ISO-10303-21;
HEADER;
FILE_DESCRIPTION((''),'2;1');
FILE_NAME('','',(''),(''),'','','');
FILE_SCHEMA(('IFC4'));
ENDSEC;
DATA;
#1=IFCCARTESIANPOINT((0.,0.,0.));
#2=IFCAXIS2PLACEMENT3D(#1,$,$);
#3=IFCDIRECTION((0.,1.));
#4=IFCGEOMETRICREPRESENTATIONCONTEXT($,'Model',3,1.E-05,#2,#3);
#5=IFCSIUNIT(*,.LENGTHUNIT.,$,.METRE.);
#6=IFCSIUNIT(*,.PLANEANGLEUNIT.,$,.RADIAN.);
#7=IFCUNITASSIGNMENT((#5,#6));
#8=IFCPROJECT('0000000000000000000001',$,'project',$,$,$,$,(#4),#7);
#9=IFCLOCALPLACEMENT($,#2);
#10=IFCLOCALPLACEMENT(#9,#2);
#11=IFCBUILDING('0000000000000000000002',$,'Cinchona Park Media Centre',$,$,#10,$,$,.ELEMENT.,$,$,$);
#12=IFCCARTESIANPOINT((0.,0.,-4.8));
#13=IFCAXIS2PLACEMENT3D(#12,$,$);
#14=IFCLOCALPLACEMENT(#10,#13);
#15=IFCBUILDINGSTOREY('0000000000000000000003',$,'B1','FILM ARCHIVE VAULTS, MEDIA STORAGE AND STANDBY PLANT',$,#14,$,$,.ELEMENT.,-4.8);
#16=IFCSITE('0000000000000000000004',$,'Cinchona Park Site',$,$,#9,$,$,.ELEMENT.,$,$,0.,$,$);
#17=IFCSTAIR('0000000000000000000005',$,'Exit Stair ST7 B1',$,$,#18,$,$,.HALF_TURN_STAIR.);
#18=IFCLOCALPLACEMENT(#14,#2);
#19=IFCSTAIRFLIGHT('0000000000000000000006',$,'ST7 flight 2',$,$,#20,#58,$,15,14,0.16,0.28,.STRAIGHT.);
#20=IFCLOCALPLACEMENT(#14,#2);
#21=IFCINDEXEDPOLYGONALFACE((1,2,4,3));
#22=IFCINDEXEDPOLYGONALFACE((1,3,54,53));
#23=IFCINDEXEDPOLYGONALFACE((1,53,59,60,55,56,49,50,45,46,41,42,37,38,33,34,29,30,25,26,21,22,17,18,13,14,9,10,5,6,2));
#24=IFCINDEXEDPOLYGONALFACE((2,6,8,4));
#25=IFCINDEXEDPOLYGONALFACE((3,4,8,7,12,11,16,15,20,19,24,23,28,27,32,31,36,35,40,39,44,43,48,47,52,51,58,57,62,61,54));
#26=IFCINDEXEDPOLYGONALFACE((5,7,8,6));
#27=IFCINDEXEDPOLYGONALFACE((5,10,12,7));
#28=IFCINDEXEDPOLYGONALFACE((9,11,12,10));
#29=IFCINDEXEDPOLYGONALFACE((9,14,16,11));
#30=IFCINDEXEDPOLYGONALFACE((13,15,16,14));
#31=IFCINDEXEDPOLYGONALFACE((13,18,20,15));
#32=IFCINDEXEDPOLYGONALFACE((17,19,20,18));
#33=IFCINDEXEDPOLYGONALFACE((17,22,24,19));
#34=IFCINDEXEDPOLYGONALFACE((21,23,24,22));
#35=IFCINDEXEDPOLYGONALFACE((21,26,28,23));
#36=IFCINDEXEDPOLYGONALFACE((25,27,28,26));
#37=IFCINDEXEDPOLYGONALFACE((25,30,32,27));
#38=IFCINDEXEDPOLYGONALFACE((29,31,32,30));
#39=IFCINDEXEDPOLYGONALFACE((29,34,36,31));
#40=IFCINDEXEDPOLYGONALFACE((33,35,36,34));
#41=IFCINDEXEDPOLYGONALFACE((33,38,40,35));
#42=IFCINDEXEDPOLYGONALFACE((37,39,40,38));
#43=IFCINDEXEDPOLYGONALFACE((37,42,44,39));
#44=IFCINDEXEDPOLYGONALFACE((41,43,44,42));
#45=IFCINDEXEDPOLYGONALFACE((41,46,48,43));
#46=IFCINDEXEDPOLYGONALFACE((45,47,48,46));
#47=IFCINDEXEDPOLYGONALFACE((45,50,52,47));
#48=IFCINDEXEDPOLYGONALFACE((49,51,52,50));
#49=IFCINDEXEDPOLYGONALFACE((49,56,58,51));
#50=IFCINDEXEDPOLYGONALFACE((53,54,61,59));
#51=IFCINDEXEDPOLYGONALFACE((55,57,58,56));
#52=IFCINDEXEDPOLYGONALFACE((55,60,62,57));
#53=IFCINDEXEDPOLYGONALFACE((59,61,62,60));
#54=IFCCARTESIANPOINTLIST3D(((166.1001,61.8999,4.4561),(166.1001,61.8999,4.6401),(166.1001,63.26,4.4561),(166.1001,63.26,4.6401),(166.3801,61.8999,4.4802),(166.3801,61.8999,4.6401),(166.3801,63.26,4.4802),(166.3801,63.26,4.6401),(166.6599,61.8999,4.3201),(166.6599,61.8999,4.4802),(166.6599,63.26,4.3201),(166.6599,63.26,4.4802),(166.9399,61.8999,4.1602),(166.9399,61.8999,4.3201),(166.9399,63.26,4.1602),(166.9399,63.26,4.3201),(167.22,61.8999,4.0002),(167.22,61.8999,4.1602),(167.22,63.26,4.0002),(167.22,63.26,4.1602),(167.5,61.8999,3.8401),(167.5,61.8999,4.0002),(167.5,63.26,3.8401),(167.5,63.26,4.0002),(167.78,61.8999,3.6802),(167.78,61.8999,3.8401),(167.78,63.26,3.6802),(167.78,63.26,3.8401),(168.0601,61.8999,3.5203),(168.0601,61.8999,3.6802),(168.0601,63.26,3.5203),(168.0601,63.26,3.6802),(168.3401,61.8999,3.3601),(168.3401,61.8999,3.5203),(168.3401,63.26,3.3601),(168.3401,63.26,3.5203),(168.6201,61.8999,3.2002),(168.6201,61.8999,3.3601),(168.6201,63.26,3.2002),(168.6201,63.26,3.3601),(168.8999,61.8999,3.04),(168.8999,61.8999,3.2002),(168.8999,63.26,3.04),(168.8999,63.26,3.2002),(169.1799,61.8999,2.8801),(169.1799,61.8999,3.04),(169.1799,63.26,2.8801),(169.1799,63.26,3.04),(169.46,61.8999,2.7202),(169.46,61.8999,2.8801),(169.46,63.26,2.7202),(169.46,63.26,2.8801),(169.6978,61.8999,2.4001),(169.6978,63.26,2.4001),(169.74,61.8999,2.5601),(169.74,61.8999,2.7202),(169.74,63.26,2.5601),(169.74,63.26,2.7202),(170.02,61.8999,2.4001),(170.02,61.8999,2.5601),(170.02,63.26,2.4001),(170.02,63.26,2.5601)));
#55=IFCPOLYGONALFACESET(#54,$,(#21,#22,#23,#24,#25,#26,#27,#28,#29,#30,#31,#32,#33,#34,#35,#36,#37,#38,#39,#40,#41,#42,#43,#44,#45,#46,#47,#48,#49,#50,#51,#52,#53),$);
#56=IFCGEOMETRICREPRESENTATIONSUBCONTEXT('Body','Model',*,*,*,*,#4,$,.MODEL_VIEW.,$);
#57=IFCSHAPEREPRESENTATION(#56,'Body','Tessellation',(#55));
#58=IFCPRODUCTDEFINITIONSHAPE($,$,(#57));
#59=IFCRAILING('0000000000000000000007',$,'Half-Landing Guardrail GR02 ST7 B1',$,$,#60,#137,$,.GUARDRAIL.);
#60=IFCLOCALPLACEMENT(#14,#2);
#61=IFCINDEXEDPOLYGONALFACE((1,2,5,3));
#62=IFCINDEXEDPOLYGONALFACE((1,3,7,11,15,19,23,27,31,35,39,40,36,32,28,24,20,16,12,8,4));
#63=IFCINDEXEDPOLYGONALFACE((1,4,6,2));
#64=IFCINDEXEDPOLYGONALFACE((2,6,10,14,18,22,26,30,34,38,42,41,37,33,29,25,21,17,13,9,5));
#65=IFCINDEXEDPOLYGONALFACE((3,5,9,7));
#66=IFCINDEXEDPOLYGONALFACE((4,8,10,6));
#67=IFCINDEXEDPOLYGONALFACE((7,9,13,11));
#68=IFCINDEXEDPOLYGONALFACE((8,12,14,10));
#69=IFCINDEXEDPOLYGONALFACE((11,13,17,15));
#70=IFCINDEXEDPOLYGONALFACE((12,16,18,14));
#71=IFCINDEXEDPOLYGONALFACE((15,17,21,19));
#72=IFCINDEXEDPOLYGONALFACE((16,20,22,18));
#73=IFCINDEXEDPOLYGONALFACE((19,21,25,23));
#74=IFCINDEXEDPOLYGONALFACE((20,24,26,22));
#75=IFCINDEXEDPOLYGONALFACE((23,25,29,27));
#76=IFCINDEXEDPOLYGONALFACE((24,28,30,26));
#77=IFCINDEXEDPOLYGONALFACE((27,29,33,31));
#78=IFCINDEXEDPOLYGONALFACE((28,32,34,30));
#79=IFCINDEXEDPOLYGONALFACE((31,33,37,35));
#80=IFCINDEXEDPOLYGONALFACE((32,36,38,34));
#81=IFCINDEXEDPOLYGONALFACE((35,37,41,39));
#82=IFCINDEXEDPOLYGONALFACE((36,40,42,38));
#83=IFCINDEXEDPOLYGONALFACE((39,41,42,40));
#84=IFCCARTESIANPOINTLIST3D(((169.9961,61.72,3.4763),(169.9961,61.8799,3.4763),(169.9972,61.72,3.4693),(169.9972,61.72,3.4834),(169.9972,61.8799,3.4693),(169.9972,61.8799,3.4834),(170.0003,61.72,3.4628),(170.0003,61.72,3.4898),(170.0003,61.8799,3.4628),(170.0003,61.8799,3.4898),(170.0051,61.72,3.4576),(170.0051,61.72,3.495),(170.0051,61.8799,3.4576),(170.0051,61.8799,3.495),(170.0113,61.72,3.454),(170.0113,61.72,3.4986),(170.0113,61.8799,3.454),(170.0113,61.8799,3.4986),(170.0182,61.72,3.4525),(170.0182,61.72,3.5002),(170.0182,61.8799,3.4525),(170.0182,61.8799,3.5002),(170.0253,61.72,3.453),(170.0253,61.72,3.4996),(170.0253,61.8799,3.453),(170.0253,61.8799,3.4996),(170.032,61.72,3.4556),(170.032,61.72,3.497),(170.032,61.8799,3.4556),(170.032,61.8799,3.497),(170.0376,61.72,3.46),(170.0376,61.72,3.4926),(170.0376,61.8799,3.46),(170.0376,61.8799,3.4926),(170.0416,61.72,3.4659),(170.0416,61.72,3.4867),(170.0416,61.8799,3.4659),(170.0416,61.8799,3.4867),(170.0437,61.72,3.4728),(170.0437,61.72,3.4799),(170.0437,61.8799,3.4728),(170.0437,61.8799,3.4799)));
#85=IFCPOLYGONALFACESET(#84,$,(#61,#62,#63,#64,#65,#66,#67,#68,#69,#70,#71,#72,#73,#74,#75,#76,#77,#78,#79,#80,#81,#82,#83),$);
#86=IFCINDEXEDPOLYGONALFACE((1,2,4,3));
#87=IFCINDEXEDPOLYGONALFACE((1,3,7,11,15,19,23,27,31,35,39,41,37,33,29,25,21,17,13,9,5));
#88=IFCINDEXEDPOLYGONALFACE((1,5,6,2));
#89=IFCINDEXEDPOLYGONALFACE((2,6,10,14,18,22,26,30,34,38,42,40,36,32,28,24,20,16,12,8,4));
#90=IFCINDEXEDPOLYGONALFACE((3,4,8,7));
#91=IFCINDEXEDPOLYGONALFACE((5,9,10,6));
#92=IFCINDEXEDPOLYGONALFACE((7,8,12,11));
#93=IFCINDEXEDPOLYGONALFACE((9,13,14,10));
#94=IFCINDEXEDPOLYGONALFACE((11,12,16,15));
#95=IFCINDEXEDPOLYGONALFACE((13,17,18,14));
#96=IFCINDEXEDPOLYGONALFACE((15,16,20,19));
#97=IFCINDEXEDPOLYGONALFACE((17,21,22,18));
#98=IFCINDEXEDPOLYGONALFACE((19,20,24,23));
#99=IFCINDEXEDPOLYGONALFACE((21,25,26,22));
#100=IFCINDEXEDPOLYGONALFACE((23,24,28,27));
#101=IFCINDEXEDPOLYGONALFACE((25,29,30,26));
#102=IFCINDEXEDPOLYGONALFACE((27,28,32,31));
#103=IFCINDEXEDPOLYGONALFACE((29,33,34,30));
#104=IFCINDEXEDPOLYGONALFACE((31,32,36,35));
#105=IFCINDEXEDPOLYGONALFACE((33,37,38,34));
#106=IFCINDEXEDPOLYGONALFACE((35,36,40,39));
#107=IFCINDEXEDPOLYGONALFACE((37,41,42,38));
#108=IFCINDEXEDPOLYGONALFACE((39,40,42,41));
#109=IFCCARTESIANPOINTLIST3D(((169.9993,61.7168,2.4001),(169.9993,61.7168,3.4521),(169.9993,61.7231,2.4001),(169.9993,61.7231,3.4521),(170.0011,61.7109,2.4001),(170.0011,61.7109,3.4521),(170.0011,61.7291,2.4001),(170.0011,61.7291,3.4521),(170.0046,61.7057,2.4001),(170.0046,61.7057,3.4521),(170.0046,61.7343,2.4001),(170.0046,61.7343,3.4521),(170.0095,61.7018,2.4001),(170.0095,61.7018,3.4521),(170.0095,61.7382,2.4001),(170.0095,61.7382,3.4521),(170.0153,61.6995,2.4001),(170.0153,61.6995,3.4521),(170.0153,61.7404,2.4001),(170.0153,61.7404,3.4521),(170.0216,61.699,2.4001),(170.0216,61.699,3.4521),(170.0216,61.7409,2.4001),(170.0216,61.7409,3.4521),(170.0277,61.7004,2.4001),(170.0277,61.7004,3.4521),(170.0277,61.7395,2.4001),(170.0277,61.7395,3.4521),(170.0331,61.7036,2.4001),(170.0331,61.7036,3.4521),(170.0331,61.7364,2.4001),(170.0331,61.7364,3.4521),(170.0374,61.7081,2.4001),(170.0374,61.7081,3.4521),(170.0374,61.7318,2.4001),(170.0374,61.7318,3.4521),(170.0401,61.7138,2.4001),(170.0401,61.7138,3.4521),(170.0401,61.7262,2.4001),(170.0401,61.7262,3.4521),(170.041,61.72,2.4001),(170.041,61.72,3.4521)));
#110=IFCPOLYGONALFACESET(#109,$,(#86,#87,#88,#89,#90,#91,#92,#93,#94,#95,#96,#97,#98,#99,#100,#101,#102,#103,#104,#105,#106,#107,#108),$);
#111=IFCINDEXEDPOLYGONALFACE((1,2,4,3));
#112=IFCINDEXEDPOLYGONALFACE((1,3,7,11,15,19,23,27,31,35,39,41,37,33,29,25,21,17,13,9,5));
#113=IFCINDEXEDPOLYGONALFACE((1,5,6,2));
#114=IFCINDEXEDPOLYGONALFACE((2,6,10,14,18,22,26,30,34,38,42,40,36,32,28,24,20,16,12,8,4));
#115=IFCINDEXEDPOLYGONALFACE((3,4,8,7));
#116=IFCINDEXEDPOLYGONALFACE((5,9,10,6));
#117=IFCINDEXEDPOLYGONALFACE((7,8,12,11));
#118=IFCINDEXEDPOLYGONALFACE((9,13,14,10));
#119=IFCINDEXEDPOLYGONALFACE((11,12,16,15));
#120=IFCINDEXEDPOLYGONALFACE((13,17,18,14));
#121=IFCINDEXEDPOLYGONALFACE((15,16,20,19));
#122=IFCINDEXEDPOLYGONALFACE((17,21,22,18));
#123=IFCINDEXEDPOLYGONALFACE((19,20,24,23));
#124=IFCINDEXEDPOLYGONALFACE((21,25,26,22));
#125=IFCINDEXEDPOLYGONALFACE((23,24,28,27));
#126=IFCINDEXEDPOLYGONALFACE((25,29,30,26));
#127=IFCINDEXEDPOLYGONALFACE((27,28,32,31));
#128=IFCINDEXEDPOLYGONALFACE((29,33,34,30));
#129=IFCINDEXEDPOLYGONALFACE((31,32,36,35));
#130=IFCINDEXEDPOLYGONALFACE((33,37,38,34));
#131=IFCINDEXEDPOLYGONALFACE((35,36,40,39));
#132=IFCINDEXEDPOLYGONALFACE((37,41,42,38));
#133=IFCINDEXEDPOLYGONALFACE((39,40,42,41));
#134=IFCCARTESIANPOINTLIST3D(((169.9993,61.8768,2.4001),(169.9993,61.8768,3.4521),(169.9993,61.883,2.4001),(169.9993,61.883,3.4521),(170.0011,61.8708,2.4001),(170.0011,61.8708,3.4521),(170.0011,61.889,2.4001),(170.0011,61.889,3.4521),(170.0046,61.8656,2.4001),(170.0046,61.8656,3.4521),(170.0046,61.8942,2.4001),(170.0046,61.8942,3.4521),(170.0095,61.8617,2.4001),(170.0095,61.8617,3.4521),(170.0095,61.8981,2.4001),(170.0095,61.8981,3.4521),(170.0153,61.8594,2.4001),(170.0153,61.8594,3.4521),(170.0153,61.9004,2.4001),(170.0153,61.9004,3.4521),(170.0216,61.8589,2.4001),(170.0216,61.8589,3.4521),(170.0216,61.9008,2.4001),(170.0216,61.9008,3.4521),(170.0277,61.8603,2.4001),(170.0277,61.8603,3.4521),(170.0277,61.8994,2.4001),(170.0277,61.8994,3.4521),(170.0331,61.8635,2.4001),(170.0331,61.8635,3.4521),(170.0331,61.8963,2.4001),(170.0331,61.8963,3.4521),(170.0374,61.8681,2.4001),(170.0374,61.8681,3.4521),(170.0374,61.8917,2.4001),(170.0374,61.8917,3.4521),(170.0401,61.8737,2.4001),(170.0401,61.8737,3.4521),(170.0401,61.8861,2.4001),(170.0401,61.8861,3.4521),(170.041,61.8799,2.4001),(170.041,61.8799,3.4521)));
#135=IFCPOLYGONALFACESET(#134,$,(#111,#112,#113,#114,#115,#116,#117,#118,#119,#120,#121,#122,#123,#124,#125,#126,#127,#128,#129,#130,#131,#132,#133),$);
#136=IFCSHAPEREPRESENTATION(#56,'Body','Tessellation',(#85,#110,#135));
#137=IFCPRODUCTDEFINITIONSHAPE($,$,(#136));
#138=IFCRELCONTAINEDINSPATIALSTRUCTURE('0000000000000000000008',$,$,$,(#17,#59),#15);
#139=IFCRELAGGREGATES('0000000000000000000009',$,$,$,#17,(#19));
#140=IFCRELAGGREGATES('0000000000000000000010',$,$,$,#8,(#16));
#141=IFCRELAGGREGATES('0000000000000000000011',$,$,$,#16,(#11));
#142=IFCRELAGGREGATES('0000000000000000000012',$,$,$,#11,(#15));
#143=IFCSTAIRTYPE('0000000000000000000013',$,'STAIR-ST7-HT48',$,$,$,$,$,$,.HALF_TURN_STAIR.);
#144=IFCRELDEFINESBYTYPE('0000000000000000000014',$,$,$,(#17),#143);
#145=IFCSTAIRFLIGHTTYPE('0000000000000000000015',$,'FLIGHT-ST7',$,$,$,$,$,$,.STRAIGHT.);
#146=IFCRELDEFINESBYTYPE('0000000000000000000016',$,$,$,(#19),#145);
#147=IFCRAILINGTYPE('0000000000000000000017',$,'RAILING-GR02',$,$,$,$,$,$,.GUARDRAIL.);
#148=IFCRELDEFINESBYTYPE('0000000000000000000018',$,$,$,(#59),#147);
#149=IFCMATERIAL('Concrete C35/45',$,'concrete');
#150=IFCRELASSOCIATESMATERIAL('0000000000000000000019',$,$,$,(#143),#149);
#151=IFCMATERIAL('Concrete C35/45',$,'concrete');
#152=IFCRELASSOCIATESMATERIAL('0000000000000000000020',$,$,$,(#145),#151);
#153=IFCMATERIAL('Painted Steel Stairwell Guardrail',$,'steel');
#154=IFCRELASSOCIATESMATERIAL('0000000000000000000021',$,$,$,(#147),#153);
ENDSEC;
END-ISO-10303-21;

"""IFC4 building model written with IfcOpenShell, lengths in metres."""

from ifc_helpers import new_model, si_unit, direction, frame, origin, origin_2d, place, context, subcontext, project, spatial, polyline, circle, outline, extrude, material, type_object, element, aggregate, save


model = new_model("IFC4")

# Units and contexts
model_context = context("Model", 3, precision=1e-05, world=origin(), true_north=direction((0.0, 1.0)))
body_context = subcontext(model_context, "Body", "Model", "MODEL_VIEW")
ifc_project = project(units=[si_unit("LENGTHUNIT", "METRE"), si_unit("PLANEANGLEUNIT", "RADIAN")], contexts=[model_context])

# Site, building, storey
site_placement = place(None, origin())
site = spatial("IfcSite", under=ifc_project, at=site_placement, Name="Cinchona Park Site", CompositionType="ELEMENT", RefElevation=0.0)
building_placement = place(site_placement, origin())
building = spatial("IfcBuilding", under=site, at=building_placement, Name="Cinchona Park Media Centre", CompositionType="ELEMENT")
storey_placement = place(building_placement, frame((0.0, 0.0, -4.8)))
storey = spatial("IfcBuildingStorey", under=building, at=storey_placement, Name="B1", Description="FILM ARCHIVE VAULTS, MEDIA STORAGE AND STANDBY PLANT", CompositionType="ELEMENT", Elevation=-4.8)

# Stair, stair flight
ifc_material_1 = material(Name="Concrete C35/45", Category="concrete")
stair_type = type_object("IfcStairType", Name="STAIR-ST7-HT48", PredefinedType="HALF_TURN_STAIR", material=ifc_material_1)
stair_placement = place(storey_placement, origin())
stair = element("IfcStair", 1, at=stair_placement, inside=storey, type_object=stair_type, Name="Exit Stair ST7 B1", PredefinedType="HALF_TURN_STAIR")
ifc_material_2 = material(Name="Concrete C35/45", Category="concrete")
stair_flight_type = type_object("IfcStairFlightType", Name="FLIGHT-ST7", PredefinedType="STRAIGHT", material=ifc_material_2)
stair_flight_1_placement = place(storey_placement, frame((170.02, 62.5801, 2.4001), z_axis=(0.0, 0.0, 1.0), x_axis=(-1.0, 0.0, 0.0)))
stair_flight_1 = element("IfcStairFlight", 2, at=stair_flight_1_placement, type_object=stair_flight_type, Name="ST7 flight 2", NumberOfRisers=15, NumberOfTreads=14, PredefinedType="STRAIGHT", RiserHeight=0.16, TreadLength=0.28, context=body_context, shape_type="SweptSolid", body=[
    extrude(outline(polyline([(0.0, 0.0), (0.0, 0.1599), (0.28, 0.1599), (0.28, 0.3201), (0.5601, 0.3201), (0.5601, 0.48), (0.8401, 0.48), (0.8401, 0.6399), (1.1201, 0.6399), (1.1201, 0.8), (1.3999, 0.8), (1.3999, 0.96), (1.6799, 0.96), (1.6799, 1.1201), (1.96, 1.1201), (1.96, 1.28), (2.24, 1.28), (2.24, 1.4399), (2.52, 1.4399), (2.52, 1.6001), (2.8, 1.6001), (2.8, 1.76), (3.0801, 1.76), (3.0801, 1.9199), (3.3601, 1.9199), (3.3601, 2.0801), (3.6399, 2.0801), (3.6399, 2.24), (3.9199, 2.24), (3.9199, 2.3999), (3.9199, 2.0559), (0.3223, 0.0), (0.0, 0.0)])), frame((0.0, 0.6802, 0.0), z_axis=(0.0, -1.0, 0.0), x_axis=(1.0, 0.0, 0.0)), (0.0, 0.0, 1.0), 1.3601),
])
aggregate(stair, [stair_flight_1])

# Railing
ifc_material_3 = material(Name="Painted Steel Stairwell Guardrail", Category="steel")
railing_type_1 = type_object("IfcRailingType", Name="RAILING-GR02", PredefinedType="GUARDRAIL", material=ifc_material_3)
railing_1_placement = place(storey_placement, frame((170.02, 61.72, 2.4001)))
element("IfcRailing", 3, at=railing_1_placement, inside=storey, type_object=railing_type_1, Name="Half-Landing Guardrail GR02 ST7 B1", PredefinedType="GUARDRAIL", context=body_context, shape_type="SweptSolid", body=[
    extrude(circle(Radius=0.0239, at=origin_2d()), frame((0.0, 0.0, 1.0762), z_axis=(0.0, 1.0, 0.0), x_axis=(-1.0, 0.0, 0.0)), (0.0, 0.0, 1.0), 0.1599),
    extrude(circle(Radius=0.021, at=origin_2d()), origin(), (0.0, 0.0, 1.0), 1.052),
    extrude(circle(Radius=0.021, at=origin_2d()), frame((0.0, 0.1599, 0.0)), (0.0, 0.0, 1.0), 1.052),
])

save(model, "model.ifc")
